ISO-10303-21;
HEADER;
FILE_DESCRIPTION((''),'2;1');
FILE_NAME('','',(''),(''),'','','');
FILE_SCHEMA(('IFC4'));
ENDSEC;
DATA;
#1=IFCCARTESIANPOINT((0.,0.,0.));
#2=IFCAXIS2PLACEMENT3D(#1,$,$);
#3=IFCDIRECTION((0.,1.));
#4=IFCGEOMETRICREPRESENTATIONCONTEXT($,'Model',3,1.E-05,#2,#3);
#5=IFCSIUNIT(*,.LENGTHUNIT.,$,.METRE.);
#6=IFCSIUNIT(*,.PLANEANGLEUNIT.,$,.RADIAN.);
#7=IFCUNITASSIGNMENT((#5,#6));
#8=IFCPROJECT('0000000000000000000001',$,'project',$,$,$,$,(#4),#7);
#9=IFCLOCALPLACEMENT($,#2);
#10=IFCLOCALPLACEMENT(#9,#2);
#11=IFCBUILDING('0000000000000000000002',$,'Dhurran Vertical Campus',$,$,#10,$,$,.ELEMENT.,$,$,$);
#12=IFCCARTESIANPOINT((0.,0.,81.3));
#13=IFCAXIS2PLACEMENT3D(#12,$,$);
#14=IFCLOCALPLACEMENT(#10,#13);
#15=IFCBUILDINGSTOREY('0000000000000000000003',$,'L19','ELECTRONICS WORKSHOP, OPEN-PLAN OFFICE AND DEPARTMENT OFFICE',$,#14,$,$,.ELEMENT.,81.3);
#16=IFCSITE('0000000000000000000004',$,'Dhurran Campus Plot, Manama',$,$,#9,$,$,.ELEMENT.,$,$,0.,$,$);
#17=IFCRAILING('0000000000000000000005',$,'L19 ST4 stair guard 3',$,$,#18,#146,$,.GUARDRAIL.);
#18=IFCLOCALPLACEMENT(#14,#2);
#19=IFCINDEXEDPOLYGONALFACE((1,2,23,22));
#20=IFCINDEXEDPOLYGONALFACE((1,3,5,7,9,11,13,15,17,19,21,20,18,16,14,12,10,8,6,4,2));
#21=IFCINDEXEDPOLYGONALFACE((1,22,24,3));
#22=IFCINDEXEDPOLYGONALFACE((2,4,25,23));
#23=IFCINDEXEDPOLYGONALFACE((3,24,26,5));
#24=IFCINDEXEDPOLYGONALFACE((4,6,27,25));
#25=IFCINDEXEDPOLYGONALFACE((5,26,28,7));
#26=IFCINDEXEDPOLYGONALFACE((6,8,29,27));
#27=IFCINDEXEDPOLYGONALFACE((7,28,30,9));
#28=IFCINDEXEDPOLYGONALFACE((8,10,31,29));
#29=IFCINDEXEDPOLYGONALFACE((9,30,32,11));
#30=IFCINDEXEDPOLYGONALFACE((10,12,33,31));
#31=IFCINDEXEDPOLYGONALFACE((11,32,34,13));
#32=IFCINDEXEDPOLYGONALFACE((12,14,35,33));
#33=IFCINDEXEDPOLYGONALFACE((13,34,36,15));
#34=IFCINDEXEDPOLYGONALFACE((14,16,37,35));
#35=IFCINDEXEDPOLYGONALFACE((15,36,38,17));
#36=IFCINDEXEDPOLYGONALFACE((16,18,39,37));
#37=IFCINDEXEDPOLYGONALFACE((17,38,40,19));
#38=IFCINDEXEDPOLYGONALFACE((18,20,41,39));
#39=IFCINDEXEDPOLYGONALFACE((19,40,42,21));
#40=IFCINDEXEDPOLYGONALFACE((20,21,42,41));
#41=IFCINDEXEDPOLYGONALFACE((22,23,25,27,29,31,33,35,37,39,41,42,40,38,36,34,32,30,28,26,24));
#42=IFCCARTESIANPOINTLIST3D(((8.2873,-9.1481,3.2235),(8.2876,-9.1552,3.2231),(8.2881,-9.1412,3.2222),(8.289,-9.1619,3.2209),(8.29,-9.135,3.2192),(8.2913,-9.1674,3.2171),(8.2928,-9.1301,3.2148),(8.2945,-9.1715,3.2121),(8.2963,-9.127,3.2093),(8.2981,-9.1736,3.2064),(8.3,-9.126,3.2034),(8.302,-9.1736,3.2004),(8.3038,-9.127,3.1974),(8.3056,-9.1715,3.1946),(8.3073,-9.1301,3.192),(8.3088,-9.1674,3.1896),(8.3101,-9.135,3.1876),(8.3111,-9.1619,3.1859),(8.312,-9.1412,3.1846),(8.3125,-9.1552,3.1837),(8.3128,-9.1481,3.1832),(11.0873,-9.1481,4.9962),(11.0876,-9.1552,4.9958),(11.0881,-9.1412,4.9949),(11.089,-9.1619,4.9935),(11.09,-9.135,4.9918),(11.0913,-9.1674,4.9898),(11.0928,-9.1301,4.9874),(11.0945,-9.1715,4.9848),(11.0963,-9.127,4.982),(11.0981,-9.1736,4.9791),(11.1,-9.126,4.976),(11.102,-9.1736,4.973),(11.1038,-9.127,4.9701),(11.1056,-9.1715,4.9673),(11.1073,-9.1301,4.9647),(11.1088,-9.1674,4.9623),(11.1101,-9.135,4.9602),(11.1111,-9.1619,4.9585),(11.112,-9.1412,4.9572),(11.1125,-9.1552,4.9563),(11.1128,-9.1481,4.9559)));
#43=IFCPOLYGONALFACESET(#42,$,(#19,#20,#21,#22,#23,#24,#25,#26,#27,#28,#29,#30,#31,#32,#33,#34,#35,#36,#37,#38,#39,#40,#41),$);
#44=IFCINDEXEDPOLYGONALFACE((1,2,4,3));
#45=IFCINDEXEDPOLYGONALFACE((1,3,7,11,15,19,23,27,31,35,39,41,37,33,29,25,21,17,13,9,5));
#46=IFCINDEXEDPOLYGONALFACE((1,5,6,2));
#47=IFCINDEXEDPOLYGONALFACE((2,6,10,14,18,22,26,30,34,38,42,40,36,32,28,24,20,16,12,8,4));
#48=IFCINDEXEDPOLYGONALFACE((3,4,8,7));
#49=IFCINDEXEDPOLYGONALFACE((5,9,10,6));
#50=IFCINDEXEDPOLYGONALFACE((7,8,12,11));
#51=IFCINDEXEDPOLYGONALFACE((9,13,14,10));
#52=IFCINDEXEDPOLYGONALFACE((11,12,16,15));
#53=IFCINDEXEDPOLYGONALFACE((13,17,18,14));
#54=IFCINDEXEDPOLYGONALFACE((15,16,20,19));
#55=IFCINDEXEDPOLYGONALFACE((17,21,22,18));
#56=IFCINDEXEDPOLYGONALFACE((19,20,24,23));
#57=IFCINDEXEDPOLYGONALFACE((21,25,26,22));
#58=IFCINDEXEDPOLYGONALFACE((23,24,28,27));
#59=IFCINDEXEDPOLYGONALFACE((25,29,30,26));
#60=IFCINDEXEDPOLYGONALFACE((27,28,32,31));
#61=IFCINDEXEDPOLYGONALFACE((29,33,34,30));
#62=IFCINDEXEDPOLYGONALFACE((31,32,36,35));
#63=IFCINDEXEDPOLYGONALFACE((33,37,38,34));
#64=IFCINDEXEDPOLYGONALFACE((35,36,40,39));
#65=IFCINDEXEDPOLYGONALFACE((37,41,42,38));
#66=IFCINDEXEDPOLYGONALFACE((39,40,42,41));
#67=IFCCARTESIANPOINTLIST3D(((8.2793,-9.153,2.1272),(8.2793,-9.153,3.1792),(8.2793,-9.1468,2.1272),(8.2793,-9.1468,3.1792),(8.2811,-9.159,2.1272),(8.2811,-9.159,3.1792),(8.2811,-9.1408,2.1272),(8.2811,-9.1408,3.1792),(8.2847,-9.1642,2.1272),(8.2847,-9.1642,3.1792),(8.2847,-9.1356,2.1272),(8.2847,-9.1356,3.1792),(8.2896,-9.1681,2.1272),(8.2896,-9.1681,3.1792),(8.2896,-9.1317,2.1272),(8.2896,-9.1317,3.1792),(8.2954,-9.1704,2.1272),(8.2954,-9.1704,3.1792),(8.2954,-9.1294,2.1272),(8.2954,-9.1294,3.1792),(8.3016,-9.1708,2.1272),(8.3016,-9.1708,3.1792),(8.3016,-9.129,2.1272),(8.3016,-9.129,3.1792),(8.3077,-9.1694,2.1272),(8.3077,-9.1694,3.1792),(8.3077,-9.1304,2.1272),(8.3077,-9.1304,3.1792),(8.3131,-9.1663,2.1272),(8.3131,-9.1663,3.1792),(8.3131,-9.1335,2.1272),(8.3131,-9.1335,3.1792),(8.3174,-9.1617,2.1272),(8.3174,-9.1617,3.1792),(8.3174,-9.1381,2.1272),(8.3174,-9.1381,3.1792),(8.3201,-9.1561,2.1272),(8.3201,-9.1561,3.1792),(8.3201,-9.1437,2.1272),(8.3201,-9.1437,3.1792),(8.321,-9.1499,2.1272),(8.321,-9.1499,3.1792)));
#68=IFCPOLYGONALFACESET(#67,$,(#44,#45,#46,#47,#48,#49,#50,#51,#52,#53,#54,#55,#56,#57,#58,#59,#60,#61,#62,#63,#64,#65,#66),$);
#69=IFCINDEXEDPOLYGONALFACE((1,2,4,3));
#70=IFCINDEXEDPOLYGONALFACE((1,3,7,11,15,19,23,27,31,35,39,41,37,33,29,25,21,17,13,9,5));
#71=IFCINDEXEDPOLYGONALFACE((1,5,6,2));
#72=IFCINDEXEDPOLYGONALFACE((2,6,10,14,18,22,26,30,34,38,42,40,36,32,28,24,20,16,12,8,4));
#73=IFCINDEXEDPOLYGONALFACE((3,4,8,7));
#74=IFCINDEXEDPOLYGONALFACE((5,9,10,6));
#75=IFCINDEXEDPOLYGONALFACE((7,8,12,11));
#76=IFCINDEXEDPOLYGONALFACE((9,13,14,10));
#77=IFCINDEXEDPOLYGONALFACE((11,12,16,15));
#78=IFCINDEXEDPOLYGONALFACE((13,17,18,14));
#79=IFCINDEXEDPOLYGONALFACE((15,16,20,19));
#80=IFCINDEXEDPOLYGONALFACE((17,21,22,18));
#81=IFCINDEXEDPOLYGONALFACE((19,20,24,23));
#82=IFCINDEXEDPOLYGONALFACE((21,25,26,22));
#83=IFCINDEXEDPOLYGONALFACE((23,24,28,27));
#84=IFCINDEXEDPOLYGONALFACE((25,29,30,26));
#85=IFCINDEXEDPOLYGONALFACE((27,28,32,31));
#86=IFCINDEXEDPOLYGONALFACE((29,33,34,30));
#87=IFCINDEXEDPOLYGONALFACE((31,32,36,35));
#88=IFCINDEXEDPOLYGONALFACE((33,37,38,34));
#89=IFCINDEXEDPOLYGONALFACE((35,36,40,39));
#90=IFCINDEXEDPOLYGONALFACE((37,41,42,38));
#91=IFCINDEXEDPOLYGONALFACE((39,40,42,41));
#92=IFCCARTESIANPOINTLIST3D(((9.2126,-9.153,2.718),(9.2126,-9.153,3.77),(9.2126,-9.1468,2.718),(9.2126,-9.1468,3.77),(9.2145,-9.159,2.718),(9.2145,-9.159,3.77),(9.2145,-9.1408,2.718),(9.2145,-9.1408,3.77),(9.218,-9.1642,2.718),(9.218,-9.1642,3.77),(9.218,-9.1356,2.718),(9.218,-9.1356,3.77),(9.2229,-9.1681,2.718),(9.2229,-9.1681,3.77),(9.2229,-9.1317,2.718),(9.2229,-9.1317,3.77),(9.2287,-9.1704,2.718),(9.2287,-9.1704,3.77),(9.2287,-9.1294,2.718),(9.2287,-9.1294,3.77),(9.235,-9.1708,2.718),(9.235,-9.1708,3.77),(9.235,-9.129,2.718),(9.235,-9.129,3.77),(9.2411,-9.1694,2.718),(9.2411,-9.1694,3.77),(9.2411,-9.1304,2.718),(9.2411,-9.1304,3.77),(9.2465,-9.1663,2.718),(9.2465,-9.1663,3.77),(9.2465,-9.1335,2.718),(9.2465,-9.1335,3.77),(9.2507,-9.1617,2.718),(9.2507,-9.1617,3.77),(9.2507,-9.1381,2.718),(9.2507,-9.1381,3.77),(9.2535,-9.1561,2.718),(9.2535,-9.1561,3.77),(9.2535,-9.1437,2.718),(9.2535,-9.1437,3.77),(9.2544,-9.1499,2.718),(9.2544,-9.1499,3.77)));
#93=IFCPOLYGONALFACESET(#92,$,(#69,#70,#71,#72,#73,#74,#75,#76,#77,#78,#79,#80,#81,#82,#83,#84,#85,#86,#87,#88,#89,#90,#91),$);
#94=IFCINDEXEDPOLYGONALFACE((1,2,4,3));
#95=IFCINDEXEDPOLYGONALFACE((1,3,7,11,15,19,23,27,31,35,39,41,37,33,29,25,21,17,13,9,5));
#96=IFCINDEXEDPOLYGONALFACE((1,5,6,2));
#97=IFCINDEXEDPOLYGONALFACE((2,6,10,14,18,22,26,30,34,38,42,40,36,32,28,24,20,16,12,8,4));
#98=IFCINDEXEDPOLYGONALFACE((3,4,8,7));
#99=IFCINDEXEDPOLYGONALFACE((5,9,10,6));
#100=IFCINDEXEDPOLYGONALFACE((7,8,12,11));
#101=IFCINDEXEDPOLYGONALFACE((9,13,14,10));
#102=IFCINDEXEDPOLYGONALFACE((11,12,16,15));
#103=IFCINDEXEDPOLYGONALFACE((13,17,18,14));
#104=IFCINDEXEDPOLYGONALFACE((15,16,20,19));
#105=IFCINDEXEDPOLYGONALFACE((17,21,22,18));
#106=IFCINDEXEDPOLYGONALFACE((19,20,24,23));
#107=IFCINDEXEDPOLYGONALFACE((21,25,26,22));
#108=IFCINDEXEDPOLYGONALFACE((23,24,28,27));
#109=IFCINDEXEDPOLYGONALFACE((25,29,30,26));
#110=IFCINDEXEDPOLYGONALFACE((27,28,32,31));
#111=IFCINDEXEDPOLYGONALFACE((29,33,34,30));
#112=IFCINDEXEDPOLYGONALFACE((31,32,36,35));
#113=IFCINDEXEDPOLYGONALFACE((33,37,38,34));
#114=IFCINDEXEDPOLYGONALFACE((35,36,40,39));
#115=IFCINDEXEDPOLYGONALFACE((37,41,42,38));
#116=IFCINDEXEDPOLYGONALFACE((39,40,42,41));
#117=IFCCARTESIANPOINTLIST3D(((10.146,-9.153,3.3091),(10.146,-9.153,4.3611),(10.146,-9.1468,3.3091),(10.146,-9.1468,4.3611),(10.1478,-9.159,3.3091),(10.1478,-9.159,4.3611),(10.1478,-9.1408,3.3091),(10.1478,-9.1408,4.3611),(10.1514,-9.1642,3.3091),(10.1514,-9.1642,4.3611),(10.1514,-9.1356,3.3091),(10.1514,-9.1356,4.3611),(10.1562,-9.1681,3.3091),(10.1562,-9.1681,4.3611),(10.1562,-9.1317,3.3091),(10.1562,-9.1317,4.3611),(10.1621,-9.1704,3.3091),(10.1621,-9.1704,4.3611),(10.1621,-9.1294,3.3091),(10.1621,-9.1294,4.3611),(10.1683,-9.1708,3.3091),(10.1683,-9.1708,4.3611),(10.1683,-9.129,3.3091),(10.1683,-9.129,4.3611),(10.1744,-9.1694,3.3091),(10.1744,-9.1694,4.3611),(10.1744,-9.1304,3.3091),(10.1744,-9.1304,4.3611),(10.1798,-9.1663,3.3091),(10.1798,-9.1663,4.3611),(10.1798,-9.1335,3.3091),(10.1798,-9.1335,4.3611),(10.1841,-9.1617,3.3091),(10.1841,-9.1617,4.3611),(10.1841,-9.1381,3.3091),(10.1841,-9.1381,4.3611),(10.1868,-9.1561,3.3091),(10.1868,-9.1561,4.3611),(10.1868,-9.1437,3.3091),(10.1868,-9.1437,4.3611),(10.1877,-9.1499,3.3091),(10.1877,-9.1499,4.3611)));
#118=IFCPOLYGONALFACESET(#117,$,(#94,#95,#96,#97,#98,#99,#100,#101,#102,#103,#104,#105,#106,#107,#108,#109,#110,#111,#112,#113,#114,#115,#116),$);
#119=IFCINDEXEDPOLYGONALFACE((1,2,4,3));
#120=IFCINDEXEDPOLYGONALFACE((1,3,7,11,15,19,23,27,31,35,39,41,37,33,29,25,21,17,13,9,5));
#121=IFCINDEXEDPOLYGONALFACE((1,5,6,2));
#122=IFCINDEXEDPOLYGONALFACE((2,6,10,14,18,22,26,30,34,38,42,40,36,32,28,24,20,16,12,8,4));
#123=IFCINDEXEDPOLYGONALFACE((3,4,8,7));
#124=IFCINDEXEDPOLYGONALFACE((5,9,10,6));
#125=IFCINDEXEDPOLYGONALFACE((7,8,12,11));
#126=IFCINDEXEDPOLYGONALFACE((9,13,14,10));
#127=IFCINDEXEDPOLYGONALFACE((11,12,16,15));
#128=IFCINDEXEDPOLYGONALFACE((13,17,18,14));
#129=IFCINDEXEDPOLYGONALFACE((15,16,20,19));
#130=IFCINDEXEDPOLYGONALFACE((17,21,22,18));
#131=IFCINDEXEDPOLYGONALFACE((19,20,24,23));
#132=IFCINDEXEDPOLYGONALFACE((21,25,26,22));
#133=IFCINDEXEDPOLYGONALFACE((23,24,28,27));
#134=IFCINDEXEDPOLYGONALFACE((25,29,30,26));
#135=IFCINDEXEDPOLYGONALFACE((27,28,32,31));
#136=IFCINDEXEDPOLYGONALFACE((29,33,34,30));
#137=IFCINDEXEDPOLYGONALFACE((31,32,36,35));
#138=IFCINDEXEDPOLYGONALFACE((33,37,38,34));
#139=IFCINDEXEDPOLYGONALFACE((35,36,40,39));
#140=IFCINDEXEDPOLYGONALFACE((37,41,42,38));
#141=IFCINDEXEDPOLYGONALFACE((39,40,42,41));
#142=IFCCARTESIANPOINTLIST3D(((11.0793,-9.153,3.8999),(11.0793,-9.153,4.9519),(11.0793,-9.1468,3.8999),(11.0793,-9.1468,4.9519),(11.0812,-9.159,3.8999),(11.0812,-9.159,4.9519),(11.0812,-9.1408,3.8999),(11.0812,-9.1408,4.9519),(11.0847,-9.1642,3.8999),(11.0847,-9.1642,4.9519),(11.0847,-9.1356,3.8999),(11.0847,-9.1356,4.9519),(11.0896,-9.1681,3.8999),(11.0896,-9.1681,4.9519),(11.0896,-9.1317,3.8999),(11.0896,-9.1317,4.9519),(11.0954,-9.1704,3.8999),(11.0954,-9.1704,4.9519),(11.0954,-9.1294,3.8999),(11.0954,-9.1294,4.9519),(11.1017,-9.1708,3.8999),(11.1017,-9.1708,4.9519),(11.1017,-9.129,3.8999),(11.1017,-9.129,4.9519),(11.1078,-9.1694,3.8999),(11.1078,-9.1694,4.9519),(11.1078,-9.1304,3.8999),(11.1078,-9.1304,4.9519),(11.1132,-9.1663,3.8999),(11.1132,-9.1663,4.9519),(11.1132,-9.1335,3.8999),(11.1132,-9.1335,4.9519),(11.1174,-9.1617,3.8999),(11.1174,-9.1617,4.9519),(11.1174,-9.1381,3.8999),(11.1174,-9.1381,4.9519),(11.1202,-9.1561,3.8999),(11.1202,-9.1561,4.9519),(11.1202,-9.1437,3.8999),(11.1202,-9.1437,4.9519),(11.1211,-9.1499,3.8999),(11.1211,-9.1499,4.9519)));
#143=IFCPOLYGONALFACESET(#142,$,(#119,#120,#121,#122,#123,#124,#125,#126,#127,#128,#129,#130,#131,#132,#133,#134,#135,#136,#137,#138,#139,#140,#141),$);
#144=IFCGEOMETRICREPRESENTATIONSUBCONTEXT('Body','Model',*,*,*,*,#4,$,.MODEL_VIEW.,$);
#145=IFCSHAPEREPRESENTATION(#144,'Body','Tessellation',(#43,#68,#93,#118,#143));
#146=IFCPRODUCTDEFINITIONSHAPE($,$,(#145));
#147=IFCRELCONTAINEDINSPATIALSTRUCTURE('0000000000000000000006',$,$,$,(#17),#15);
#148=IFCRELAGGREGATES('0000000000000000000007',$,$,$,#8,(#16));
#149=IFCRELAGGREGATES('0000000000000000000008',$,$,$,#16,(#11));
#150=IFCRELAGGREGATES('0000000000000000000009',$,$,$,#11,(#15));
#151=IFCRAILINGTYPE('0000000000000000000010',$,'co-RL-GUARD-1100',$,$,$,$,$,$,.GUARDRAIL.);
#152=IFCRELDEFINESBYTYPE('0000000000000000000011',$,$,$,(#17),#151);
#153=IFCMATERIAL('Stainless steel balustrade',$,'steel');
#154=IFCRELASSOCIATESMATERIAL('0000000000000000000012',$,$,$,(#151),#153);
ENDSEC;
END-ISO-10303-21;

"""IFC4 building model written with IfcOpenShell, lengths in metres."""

from ifc_helpers import new_model, si_unit, direction, frame, origin, origin_2d, place, context, subcontext, project, spatial, circle, extrude, material, type_object, element, save


model = new_model("IFC4")

# Units and contexts
model_context = context("Model", 3, precision=1e-05, world=origin(), true_north=direction((0.0, 1.0)))
body_context = subcontext(model_context, "Body", "Model", "MODEL_VIEW")
ifc_project = project(units=[si_unit("LENGTHUNIT", "METRE"), si_unit("PLANEANGLEUNIT", "RADIAN")], contexts=[model_context])

# Site, building, storey
site_placement = place(None, origin())
site = spatial("IfcSite", under=ifc_project, at=site_placement, Name="Dhurran Campus Plot, Manama", CompositionType="ELEMENT", RefElevation=0.0)
building_placement = place(site_placement, origin())
building = spatial("IfcBuilding", under=site, at=building_placement, Name="Dhurran Vertical Campus", CompositionType="ELEMENT")
storey_placement = place(building_placement, frame((0.0, 0.0, 81.3)))
storey = spatial("IfcBuildingStorey", under=building, at=storey_placement, Name="L19", Description="ELECTRONICS WORKSHOP, OPEN-PLAN OFFICE AND DEPARTMENT OFFICE", CompositionType="ELEMENT", Elevation=81.3)

# Railing
ifc_material_1 = material(Name="Stainless steel balustrade", Category="steel")
railing_type_1 = type_object("IfcRailingType", Name="co-RL-GUARD-1100", PredefinedType="GUARDRAIL", material=ifc_material_1)
railing_1_placement = place(storey_placement, frame((8.3, -9.1499, 2.1272)))
element("IfcRailing", 1, at=railing_1_placement, inside=storey, type_object=railing_type_1, Name="L19 ST4 stair guard 3", PredefinedType="GUARDRAIL", context=body_context, shape_type="SweptSolid", body=[
    extrude(circle(Radius=0.0239, at=origin_2d()), frame((0.0, 0.0, 1.0762), z_axis=(0.844909, 0.0, 0.53491), x_axis=(0.0, 1.0, 0.0)), (0.0, 0.0, 1.0), 3.314),
    extrude(circle(Radius=0.021, at=origin_2d()), origin(), (0.0, 0.0, 1.0), 1.052),
    extrude(circle(Radius=0.021, at=origin_2d()), frame((0.9333, 0.0, 0.5908)), (0.0, 0.0, 1.0), 1.052),
    extrude(circle(Radius=0.021, at=origin_2d()), frame((1.8667, 0.0, 1.1819)), (0.0, 0.0, 1.0), 1.052),
    extrude(circle(Radius=0.021, at=origin_2d()), frame((2.8, 0.0, 1.7727)), (0.0, 0.0, 1.0), 1.052),
])

save(model, "model.ifc")
